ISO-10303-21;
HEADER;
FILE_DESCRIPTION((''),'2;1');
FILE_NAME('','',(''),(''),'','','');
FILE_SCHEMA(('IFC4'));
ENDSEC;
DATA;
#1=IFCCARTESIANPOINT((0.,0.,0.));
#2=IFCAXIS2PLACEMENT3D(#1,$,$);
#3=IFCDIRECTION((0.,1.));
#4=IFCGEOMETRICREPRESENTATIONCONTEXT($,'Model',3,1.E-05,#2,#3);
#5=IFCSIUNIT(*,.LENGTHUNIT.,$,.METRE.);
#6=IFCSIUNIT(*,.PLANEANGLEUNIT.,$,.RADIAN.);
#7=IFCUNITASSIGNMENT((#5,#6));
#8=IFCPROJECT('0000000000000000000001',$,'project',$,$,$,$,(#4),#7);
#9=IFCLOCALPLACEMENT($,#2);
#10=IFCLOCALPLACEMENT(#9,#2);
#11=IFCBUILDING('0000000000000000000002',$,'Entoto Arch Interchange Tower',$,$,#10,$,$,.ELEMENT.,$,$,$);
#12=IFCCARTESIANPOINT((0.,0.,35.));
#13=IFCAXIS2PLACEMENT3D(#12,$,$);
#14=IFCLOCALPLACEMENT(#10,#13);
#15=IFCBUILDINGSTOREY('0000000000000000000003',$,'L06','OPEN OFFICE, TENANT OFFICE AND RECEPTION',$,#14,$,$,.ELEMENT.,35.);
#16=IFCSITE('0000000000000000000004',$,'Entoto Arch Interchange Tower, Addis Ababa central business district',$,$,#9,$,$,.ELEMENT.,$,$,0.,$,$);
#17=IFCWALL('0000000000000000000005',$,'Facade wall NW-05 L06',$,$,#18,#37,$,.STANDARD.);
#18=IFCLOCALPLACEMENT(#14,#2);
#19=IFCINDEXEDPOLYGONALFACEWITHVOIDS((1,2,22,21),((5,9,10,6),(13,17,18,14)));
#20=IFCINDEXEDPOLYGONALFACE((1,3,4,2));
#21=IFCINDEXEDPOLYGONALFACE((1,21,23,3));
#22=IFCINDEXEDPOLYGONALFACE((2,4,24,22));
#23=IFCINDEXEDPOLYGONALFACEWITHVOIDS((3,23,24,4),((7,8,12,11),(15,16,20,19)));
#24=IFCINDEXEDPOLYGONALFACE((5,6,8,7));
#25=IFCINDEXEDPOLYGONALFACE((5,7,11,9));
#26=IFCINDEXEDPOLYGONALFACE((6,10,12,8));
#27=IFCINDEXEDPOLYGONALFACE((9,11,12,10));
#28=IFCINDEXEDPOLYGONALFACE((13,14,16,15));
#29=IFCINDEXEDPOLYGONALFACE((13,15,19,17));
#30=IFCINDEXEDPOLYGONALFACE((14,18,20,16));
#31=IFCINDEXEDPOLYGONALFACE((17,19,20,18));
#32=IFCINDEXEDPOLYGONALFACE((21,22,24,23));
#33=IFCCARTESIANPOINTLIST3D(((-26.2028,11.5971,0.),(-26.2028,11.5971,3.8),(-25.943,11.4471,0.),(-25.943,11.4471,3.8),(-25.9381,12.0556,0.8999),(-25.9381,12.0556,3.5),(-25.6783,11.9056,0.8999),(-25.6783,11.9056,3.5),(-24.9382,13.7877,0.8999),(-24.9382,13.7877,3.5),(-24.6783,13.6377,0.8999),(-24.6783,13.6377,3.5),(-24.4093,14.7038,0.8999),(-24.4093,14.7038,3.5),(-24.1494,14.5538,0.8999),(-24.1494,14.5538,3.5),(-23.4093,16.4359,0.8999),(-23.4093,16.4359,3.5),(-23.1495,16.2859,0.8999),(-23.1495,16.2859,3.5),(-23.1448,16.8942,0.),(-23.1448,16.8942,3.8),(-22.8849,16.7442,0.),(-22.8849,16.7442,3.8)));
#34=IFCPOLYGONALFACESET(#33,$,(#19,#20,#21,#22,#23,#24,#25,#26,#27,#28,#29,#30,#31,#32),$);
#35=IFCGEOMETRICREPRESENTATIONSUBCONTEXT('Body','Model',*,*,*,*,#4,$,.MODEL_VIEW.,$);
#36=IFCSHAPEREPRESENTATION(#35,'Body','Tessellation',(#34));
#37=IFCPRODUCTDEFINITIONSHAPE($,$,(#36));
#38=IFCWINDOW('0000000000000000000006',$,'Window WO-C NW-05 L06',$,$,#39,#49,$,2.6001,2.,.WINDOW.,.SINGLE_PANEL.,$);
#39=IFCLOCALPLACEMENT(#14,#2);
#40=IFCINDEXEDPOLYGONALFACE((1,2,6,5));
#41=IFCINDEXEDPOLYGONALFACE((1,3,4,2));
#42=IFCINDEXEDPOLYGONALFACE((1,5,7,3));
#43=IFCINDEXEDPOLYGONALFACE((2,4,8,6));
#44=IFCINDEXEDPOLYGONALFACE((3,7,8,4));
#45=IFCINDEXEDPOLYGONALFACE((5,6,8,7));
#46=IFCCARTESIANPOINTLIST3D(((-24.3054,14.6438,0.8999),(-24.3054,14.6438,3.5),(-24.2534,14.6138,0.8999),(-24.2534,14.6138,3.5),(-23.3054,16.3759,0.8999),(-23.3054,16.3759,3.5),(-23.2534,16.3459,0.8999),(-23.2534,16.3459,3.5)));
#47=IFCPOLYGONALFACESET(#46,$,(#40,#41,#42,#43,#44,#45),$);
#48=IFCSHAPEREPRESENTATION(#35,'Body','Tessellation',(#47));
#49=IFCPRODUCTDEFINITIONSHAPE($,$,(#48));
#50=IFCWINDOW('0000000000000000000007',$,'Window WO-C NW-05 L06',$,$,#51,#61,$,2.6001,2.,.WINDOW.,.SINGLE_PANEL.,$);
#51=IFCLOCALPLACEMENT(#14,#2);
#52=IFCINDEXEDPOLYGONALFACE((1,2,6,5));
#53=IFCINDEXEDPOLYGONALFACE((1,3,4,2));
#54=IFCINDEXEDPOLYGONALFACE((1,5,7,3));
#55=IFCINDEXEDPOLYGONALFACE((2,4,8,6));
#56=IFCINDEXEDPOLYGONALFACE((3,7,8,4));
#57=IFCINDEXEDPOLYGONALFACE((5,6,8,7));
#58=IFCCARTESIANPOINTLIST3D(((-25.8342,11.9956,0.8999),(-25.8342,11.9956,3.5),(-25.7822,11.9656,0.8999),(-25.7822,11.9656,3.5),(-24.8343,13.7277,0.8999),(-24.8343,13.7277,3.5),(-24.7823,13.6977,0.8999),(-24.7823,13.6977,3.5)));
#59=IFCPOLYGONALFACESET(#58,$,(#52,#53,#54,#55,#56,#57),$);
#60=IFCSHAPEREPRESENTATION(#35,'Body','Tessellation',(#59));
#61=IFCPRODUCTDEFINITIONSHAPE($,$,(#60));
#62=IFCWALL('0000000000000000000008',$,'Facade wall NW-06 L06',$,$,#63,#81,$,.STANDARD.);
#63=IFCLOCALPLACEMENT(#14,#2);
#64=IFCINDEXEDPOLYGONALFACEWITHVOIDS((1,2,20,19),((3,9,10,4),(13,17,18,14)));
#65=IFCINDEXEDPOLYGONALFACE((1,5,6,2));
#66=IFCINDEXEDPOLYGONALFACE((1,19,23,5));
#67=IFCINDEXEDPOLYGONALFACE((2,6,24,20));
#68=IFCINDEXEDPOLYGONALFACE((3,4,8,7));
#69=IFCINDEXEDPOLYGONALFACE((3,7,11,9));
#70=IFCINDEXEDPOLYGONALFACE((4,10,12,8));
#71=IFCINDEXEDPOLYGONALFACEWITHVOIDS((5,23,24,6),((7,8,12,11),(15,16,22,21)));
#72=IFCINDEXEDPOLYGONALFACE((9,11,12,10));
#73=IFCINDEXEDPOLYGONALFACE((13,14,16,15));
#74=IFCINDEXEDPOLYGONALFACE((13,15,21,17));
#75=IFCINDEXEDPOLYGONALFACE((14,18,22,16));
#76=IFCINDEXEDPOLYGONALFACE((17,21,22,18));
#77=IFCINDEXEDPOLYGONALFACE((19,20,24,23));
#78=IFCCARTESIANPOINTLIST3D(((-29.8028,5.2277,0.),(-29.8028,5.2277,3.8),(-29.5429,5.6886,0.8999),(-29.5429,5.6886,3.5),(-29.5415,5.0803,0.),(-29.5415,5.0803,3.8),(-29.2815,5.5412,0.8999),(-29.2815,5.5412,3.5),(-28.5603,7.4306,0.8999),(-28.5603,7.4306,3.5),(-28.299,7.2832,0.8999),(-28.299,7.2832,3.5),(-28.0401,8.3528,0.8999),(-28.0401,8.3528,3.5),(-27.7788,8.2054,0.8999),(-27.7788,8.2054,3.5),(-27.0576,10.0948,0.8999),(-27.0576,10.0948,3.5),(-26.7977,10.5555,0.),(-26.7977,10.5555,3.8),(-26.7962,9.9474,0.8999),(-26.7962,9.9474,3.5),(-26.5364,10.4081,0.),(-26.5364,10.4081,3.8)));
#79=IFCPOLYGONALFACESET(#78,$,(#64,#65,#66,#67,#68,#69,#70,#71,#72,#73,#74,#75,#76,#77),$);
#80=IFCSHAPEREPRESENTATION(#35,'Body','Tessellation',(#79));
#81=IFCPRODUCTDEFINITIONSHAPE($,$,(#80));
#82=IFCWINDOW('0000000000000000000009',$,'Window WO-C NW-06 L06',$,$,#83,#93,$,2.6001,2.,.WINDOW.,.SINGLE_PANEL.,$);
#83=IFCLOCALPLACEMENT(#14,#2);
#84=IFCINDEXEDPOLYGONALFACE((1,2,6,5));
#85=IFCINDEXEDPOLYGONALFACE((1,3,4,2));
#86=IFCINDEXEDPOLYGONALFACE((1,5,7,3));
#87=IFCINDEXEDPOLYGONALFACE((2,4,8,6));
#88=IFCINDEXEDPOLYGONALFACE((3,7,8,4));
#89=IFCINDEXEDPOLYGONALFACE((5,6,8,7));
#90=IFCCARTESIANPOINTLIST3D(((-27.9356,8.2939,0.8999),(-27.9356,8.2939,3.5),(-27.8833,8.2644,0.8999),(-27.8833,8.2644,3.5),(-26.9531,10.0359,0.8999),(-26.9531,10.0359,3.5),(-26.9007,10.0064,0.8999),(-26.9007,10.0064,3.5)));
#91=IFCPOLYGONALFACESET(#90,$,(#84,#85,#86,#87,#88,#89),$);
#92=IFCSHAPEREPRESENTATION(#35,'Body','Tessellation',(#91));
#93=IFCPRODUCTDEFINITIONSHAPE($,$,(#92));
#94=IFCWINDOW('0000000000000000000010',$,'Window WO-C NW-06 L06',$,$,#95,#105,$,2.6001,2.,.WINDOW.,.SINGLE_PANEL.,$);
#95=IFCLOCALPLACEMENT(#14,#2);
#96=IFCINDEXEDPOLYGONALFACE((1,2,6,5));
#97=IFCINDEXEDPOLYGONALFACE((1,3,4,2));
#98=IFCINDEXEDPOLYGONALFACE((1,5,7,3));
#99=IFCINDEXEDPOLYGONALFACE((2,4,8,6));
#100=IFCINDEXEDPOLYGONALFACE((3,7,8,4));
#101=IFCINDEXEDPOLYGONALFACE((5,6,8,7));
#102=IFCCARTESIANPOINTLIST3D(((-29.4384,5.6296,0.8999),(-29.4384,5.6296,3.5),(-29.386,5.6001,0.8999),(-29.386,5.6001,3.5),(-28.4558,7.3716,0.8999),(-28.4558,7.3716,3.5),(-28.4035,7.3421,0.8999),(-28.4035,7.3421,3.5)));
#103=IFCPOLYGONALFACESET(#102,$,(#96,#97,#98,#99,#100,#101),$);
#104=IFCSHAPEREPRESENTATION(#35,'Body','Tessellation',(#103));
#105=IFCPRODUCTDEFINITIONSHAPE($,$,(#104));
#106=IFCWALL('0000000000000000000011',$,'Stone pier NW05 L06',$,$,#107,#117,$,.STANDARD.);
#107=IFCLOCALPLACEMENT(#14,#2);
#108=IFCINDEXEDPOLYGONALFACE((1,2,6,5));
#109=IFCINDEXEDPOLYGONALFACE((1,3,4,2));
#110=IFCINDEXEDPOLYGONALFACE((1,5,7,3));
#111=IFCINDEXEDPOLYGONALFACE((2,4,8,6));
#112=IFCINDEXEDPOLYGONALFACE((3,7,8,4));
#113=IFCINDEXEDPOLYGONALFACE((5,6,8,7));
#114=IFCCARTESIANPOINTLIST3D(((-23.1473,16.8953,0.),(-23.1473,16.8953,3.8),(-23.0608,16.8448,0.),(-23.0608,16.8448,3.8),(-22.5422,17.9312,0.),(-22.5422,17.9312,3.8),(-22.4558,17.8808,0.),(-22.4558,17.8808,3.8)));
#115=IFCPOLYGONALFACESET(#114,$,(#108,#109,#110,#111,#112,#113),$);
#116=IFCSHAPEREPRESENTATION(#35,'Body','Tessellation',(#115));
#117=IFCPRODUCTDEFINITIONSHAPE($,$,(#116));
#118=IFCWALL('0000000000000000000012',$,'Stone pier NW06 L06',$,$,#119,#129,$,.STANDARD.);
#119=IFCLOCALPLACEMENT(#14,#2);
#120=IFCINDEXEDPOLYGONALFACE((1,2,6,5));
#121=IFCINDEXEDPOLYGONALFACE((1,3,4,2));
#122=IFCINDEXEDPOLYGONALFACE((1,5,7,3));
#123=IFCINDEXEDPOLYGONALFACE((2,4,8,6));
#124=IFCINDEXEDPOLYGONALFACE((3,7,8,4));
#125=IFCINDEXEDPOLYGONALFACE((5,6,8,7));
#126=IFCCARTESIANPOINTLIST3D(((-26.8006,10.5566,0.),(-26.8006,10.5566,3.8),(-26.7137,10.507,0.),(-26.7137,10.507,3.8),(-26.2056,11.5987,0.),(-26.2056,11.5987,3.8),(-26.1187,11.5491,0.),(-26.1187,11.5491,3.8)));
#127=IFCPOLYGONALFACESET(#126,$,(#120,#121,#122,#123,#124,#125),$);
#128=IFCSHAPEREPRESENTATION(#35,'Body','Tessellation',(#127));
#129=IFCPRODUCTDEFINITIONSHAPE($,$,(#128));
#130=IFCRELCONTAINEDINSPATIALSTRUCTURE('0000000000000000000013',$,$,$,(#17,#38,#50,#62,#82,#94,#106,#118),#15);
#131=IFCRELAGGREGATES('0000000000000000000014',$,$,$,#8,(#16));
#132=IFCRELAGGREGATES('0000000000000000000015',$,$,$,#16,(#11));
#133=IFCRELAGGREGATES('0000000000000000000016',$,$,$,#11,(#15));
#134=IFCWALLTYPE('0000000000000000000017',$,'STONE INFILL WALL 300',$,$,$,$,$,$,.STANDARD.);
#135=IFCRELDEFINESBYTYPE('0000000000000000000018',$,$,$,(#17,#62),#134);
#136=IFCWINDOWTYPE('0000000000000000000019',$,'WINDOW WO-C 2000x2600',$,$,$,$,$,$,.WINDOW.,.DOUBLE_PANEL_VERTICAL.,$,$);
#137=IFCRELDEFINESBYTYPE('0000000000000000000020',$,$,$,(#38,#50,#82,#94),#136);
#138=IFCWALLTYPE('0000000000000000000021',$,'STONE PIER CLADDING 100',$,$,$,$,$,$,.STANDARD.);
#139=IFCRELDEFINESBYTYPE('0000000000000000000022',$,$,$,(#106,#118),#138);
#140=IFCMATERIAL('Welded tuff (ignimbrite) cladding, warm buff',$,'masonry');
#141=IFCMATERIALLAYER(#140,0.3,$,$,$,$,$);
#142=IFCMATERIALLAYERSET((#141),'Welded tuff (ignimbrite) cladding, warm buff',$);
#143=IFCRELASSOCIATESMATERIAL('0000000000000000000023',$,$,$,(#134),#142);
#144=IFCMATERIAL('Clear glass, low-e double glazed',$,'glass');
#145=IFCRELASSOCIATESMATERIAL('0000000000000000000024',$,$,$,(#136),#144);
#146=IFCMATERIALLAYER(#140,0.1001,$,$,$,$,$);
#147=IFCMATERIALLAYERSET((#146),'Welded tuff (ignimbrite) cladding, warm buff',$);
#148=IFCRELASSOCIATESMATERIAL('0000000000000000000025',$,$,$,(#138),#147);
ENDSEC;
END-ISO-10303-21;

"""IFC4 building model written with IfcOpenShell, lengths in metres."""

from ifc_helpers import new_model, si_unit, direction, frame, frame_2d, origin, place, context, subcontext, project, spatial, rectangle, extrude, material, layer, layer_set, type_object, element, fill, save


model = new_model("IFC4")

# Units and contexts
model_context = context("Model", 3, precision=1e-05, world=origin(), true_north=direction((0.0, 1.0)))
body_context = subcontext(model_context, "Body", "Model", "MODEL_VIEW")
ifc_project = project(units=[si_unit("LENGTHUNIT", "METRE"), si_unit("PLANEANGLEUNIT", "RADIAN")], contexts=[model_context])

# Site, building, storey
site_placement = place(None, origin())
site = spatial("IfcSite", under=ifc_project, at=site_placement, Name="Entoto Arch Interchange Tower, Addis Ababa central business district", CompositionType="ELEMENT", RefElevation=0.0)
building_placement = place(site_placement, origin())
building = spatial("IfcBuilding", under=site, at=building_placement, Name="Entoto Arch Interchange Tower", CompositionType="ELEMENT")
storey_placement = place(building_placement, frame((0.0, 0.0, 35.0)))
storey = spatial("IfcBuildingStorey", under=building, at=storey_placement, Name="L06", Description="OPEN OFFICE, TENANT OFFICE AND RECEPTION", CompositionType="ELEMENT", Elevation=35.0)

# Walls, openings, windows
ifc_material_1 = material(Name="Welded tuff (ignimbrite) cladding, warm buff", Category="masonry")
ifc_layer_1 = layer(ifc_material_1, 0.3)
ifc_layer_set_1 = layer_set([ifc_layer_1], Name="Welded tuff (ignimbrite) cladding, warm buff")
wall_type_1 = type_object("IfcWallType", Name="STONE INFILL WALL 300", PredefinedType="STANDARD", material=ifc_layer_set_1)
wall_1_placement = place(storey_placement, frame((-23.0149, 16.8191, 0.0), z_axis=(0.0, 0.0, 1.0), x_axis=(-0.499977, -0.866039, 0.0)))
wall_1 = element("IfcWall", 1, at=wall_1_placement, inside=storey, type_object=wall_type_1, Name="Facade wall NW-05 L06", PredefinedType="STANDARD", context=body_context, shape_type="SweptSolid", body=[
    extrude(rectangle(XDim=6.1165, YDim=0.3, at=frame_2d((3.0581, 0.0))), origin(), (0.0, 0.0, 1.0), 3.8),
])
opening_1_placement = place(wall_1_placement, frame((0.5291, 0.0, 0.8999)))
opening_1 = element("IfcOpeningElement", 2, at=opening_1_placement, cuts=wall_1, PredefinedType="OPENING", context=body_context, shape_type="SweptSolid", body=[
    extrude(rectangle(XDim=2.0, YDim=2.6001, at=frame_2d((1.0, 1.3))), frame((0.0, 0.1602, 0.0), z_axis=(0.0, -1.0, 0.0), x_axis=(1.0, 0.0, 0.0)), (0.0, 0.0, 1.0), 0.3201),
])
opening_2_placement = place(wall_1_placement, frame((3.5869, 0.0, 0.8999)))
opening_2 = element("IfcOpeningElement", 3, at=opening_2_placement, cuts=wall_1, PredefinedType="OPENING", context=body_context, shape_type="SweptSolid", body=[
    extrude(rectangle(XDim=2.0, YDim=2.6001, at=frame_2d((1.0, 1.3))), frame((0.0, 0.1602, 0.0), z_axis=(0.0, -1.0, 0.0), x_axis=(1.0, 0.0, 0.0)), (0.0, 0.0, 1.0), 0.3201),
])
ifc_material_2 = material(Name="Clear glass, low-e double glazed", Category="glass")
window_type = type_object("IfcWindowType", Name="WINDOW WO-C 2000x2600", PartitioningType="DOUBLE_PANEL_VERTICAL", PredefinedType="WINDOW", material=ifc_material_2)
window_1_placement = place(opening_1_placement, origin())
window_1 = element("IfcWindow", 4, at=window_1_placement, inside=storey, type_object=window_type, Name="Window WO-C NW-05 L06", OverallHeight=2.6001, OverallWidth=2.0, PartitioningType="SINGLE_PANEL", PredefinedType="WINDOW", context=body_context, shape_type="SweptSolid", body=[
    extrude(rectangle(XDim=2.0, YDim=2.6001, at=frame_2d((1.0, 1.3))), frame((0.0, 0.03, 0.0), z_axis=(0.0, -1.0, 0.0), x_axis=(1.0, 0.0, 0.0)), (0.0, 0.0, 1.0), 0.0601),
])
fill(opening_1, window_1)
window_2_placement = place(opening_2_placement, origin())
window_2 = element("IfcWindow", 5, at=window_2_placement, inside=storey, type_object=window_type, Name="Window WO-C NW-05 L06", OverallHeight=2.6001, OverallWidth=2.0, PartitioningType="SINGLE_PANEL", PredefinedType="WINDOW", context=body_context, shape_type="SweptSolid", body=[
    extrude(rectangle(XDim=2.0, YDim=2.6001, at=frame_2d((1.0, 1.3))), frame((0.0, 0.03, 0.0), z_axis=(0.0, -1.0, 0.0), x_axis=(1.0, 0.0, 0.0)), (0.0, 0.0, 1.0), 0.0601),
])
fill(opening_2, window_2)
wall_2_placement = place(storey_placement, frame((-26.667, 10.4819, 0.0), z_axis=(0.0, 0.0, 1.0), x_axis=(-0.491278, -0.871003, 0.0)))
wall_2 = element("IfcWall", 6, at=wall_2_placement, inside=storey, type_object=wall_type_1, Name="Facade wall NW-06 L06", PredefinedType="STANDARD", context=body_context, shape_type="SweptSolid", body=[
    extrude(rectangle(XDim=6.1169, YDim=0.3, at=frame_2d((3.0586, 0.0))), origin(), (0.0, 0.0, 1.0), 3.8),
])
opening_3_placement = place(wall_2_placement, frame((0.5291, 0.0, 0.8999)))
opening_3 = element("IfcOpeningElement", 7, at=opening_3_placement, cuts=wall_2, PredefinedType="OPENING", context=body_context, shape_type="SweptSolid", body=[
    extrude(rectangle(XDim=2.0, YDim=2.6001, at=frame_2d((1.0, 1.3))), frame((0.0, 0.1602, 0.0), z_axis=(0.0, -1.0, 0.0), x_axis=(1.0, 0.0, 0.0)), (0.0, 0.0, 1.0), 0.3201),
])
opening_4_placement = place(wall_2_placement, frame((3.5879, 0.0, 0.8999)))
opening_4 = element("IfcOpeningElement", 8, at=opening_4_placement, cuts=wall_2, PredefinedType="OPENING", context=body_context, shape_type="SweptSolid", body=[
    extrude(rectangle(XDim=2.0, YDim=2.6001, at=frame_2d((1.0, 1.3))), frame((0.0, 0.1602, 0.0), z_axis=(0.0, -1.0, 0.0), x_axis=(1.0, 0.0, 0.0)), (0.0, 0.0, 1.0), 0.3201),
])
window_3_placement = place(opening_3_placement, origin())
window_3 = element("IfcWindow", 9, at=window_3_placement, inside=storey, type_object=window_type, Name="Window WO-C NW-06 L06", OverallHeight=2.6001, OverallWidth=2.0, PartitioningType="SINGLE_PANEL", PredefinedType="WINDOW", context=body_context, shape_type="SweptSolid", body=[
    extrude(rectangle(XDim=2.0, YDim=2.6001, at=frame_2d((1.0, 1.3))), frame((0.0, 0.03, 0.0), z_axis=(0.0, -1.0, 0.0), x_axis=(1.0, 0.0, 0.0)), (0.0, 0.0, 1.0), 0.0601),
])
fill(opening_3, window_3)
window_4_placement = place(opening_4_placement, origin())
window_4 = element("IfcWindow", 10, at=window_4_placement, inside=storey, type_object=window_type, Name="Window WO-C NW-06 L06", OverallHeight=2.6001, OverallWidth=2.0, PartitioningType="SINGLE_PANEL", PredefinedType="WINDOW", context=body_context, shape_type="SweptSolid", body=[
    extrude(rectangle(XDim=2.0, YDim=2.6001, at=frame_2d((1.0, 1.3))), frame((0.0, 0.03, 0.0), z_axis=(0.0, -1.0, 0.0), x_axis=(1.0, 0.0, 0.0)), (0.0, 0.0, 1.0), 0.0601),
])
fill(opening_4, window_4)

# Walls
ifc_layer_2 = layer(ifc_material_1, 0.1001)
ifc_layer_set_2 = layer_set([ifc_layer_2], Name="Welded tuff (ignimbrite) cladding, warm buff")
wall_type_2 = type_object("IfcWallType", Name="STONE PIER CLADDING 100", PredefinedType="STANDARD", material=ifc_layer_set_2)
wall_3_placement = place(storey_placement, frame((-22.499, 17.906, 0.0), z_axis=(0.0, 0.0, 1.0), x_axis=(-0.504314, -0.86352, 0.0)))
element("IfcWall", 11, at=wall_3_placement, inside=storey, type_object=wall_type_2, Name="Stone pier NW05 L06", PredefinedType="STANDARD", context=body_context, shape_type="SweptSolid", body=[
    extrude(rectangle(XDim=1.1997, YDim=0.1001, at=frame_2d((0.5999, 0.0))), origin(), (0.0, 0.0, 1.0), 3.8),
])
wall_4_placement = place(storey_placement, frame((-26.1621, 11.574, 0.0), z_axis=(0.0, 0.0, 1.0), x_axis=(-0.495854, -0.868406, 0.0)))
element("IfcWall", 12, at=wall_4_placement, inside=storey, type_object=wall_type_2, Name="Stone pier NW06 L06", PredefinedType="STANDARD", context=body_context, shape_type="SweptSolid", body=[
    extrude(rectangle(XDim=1.2, YDim=0.1001, at=frame_2d((0.6001, 0.0))), origin(), (0.0, 0.0, 1.0), 3.8),
])

save(model, "model.ifc")
